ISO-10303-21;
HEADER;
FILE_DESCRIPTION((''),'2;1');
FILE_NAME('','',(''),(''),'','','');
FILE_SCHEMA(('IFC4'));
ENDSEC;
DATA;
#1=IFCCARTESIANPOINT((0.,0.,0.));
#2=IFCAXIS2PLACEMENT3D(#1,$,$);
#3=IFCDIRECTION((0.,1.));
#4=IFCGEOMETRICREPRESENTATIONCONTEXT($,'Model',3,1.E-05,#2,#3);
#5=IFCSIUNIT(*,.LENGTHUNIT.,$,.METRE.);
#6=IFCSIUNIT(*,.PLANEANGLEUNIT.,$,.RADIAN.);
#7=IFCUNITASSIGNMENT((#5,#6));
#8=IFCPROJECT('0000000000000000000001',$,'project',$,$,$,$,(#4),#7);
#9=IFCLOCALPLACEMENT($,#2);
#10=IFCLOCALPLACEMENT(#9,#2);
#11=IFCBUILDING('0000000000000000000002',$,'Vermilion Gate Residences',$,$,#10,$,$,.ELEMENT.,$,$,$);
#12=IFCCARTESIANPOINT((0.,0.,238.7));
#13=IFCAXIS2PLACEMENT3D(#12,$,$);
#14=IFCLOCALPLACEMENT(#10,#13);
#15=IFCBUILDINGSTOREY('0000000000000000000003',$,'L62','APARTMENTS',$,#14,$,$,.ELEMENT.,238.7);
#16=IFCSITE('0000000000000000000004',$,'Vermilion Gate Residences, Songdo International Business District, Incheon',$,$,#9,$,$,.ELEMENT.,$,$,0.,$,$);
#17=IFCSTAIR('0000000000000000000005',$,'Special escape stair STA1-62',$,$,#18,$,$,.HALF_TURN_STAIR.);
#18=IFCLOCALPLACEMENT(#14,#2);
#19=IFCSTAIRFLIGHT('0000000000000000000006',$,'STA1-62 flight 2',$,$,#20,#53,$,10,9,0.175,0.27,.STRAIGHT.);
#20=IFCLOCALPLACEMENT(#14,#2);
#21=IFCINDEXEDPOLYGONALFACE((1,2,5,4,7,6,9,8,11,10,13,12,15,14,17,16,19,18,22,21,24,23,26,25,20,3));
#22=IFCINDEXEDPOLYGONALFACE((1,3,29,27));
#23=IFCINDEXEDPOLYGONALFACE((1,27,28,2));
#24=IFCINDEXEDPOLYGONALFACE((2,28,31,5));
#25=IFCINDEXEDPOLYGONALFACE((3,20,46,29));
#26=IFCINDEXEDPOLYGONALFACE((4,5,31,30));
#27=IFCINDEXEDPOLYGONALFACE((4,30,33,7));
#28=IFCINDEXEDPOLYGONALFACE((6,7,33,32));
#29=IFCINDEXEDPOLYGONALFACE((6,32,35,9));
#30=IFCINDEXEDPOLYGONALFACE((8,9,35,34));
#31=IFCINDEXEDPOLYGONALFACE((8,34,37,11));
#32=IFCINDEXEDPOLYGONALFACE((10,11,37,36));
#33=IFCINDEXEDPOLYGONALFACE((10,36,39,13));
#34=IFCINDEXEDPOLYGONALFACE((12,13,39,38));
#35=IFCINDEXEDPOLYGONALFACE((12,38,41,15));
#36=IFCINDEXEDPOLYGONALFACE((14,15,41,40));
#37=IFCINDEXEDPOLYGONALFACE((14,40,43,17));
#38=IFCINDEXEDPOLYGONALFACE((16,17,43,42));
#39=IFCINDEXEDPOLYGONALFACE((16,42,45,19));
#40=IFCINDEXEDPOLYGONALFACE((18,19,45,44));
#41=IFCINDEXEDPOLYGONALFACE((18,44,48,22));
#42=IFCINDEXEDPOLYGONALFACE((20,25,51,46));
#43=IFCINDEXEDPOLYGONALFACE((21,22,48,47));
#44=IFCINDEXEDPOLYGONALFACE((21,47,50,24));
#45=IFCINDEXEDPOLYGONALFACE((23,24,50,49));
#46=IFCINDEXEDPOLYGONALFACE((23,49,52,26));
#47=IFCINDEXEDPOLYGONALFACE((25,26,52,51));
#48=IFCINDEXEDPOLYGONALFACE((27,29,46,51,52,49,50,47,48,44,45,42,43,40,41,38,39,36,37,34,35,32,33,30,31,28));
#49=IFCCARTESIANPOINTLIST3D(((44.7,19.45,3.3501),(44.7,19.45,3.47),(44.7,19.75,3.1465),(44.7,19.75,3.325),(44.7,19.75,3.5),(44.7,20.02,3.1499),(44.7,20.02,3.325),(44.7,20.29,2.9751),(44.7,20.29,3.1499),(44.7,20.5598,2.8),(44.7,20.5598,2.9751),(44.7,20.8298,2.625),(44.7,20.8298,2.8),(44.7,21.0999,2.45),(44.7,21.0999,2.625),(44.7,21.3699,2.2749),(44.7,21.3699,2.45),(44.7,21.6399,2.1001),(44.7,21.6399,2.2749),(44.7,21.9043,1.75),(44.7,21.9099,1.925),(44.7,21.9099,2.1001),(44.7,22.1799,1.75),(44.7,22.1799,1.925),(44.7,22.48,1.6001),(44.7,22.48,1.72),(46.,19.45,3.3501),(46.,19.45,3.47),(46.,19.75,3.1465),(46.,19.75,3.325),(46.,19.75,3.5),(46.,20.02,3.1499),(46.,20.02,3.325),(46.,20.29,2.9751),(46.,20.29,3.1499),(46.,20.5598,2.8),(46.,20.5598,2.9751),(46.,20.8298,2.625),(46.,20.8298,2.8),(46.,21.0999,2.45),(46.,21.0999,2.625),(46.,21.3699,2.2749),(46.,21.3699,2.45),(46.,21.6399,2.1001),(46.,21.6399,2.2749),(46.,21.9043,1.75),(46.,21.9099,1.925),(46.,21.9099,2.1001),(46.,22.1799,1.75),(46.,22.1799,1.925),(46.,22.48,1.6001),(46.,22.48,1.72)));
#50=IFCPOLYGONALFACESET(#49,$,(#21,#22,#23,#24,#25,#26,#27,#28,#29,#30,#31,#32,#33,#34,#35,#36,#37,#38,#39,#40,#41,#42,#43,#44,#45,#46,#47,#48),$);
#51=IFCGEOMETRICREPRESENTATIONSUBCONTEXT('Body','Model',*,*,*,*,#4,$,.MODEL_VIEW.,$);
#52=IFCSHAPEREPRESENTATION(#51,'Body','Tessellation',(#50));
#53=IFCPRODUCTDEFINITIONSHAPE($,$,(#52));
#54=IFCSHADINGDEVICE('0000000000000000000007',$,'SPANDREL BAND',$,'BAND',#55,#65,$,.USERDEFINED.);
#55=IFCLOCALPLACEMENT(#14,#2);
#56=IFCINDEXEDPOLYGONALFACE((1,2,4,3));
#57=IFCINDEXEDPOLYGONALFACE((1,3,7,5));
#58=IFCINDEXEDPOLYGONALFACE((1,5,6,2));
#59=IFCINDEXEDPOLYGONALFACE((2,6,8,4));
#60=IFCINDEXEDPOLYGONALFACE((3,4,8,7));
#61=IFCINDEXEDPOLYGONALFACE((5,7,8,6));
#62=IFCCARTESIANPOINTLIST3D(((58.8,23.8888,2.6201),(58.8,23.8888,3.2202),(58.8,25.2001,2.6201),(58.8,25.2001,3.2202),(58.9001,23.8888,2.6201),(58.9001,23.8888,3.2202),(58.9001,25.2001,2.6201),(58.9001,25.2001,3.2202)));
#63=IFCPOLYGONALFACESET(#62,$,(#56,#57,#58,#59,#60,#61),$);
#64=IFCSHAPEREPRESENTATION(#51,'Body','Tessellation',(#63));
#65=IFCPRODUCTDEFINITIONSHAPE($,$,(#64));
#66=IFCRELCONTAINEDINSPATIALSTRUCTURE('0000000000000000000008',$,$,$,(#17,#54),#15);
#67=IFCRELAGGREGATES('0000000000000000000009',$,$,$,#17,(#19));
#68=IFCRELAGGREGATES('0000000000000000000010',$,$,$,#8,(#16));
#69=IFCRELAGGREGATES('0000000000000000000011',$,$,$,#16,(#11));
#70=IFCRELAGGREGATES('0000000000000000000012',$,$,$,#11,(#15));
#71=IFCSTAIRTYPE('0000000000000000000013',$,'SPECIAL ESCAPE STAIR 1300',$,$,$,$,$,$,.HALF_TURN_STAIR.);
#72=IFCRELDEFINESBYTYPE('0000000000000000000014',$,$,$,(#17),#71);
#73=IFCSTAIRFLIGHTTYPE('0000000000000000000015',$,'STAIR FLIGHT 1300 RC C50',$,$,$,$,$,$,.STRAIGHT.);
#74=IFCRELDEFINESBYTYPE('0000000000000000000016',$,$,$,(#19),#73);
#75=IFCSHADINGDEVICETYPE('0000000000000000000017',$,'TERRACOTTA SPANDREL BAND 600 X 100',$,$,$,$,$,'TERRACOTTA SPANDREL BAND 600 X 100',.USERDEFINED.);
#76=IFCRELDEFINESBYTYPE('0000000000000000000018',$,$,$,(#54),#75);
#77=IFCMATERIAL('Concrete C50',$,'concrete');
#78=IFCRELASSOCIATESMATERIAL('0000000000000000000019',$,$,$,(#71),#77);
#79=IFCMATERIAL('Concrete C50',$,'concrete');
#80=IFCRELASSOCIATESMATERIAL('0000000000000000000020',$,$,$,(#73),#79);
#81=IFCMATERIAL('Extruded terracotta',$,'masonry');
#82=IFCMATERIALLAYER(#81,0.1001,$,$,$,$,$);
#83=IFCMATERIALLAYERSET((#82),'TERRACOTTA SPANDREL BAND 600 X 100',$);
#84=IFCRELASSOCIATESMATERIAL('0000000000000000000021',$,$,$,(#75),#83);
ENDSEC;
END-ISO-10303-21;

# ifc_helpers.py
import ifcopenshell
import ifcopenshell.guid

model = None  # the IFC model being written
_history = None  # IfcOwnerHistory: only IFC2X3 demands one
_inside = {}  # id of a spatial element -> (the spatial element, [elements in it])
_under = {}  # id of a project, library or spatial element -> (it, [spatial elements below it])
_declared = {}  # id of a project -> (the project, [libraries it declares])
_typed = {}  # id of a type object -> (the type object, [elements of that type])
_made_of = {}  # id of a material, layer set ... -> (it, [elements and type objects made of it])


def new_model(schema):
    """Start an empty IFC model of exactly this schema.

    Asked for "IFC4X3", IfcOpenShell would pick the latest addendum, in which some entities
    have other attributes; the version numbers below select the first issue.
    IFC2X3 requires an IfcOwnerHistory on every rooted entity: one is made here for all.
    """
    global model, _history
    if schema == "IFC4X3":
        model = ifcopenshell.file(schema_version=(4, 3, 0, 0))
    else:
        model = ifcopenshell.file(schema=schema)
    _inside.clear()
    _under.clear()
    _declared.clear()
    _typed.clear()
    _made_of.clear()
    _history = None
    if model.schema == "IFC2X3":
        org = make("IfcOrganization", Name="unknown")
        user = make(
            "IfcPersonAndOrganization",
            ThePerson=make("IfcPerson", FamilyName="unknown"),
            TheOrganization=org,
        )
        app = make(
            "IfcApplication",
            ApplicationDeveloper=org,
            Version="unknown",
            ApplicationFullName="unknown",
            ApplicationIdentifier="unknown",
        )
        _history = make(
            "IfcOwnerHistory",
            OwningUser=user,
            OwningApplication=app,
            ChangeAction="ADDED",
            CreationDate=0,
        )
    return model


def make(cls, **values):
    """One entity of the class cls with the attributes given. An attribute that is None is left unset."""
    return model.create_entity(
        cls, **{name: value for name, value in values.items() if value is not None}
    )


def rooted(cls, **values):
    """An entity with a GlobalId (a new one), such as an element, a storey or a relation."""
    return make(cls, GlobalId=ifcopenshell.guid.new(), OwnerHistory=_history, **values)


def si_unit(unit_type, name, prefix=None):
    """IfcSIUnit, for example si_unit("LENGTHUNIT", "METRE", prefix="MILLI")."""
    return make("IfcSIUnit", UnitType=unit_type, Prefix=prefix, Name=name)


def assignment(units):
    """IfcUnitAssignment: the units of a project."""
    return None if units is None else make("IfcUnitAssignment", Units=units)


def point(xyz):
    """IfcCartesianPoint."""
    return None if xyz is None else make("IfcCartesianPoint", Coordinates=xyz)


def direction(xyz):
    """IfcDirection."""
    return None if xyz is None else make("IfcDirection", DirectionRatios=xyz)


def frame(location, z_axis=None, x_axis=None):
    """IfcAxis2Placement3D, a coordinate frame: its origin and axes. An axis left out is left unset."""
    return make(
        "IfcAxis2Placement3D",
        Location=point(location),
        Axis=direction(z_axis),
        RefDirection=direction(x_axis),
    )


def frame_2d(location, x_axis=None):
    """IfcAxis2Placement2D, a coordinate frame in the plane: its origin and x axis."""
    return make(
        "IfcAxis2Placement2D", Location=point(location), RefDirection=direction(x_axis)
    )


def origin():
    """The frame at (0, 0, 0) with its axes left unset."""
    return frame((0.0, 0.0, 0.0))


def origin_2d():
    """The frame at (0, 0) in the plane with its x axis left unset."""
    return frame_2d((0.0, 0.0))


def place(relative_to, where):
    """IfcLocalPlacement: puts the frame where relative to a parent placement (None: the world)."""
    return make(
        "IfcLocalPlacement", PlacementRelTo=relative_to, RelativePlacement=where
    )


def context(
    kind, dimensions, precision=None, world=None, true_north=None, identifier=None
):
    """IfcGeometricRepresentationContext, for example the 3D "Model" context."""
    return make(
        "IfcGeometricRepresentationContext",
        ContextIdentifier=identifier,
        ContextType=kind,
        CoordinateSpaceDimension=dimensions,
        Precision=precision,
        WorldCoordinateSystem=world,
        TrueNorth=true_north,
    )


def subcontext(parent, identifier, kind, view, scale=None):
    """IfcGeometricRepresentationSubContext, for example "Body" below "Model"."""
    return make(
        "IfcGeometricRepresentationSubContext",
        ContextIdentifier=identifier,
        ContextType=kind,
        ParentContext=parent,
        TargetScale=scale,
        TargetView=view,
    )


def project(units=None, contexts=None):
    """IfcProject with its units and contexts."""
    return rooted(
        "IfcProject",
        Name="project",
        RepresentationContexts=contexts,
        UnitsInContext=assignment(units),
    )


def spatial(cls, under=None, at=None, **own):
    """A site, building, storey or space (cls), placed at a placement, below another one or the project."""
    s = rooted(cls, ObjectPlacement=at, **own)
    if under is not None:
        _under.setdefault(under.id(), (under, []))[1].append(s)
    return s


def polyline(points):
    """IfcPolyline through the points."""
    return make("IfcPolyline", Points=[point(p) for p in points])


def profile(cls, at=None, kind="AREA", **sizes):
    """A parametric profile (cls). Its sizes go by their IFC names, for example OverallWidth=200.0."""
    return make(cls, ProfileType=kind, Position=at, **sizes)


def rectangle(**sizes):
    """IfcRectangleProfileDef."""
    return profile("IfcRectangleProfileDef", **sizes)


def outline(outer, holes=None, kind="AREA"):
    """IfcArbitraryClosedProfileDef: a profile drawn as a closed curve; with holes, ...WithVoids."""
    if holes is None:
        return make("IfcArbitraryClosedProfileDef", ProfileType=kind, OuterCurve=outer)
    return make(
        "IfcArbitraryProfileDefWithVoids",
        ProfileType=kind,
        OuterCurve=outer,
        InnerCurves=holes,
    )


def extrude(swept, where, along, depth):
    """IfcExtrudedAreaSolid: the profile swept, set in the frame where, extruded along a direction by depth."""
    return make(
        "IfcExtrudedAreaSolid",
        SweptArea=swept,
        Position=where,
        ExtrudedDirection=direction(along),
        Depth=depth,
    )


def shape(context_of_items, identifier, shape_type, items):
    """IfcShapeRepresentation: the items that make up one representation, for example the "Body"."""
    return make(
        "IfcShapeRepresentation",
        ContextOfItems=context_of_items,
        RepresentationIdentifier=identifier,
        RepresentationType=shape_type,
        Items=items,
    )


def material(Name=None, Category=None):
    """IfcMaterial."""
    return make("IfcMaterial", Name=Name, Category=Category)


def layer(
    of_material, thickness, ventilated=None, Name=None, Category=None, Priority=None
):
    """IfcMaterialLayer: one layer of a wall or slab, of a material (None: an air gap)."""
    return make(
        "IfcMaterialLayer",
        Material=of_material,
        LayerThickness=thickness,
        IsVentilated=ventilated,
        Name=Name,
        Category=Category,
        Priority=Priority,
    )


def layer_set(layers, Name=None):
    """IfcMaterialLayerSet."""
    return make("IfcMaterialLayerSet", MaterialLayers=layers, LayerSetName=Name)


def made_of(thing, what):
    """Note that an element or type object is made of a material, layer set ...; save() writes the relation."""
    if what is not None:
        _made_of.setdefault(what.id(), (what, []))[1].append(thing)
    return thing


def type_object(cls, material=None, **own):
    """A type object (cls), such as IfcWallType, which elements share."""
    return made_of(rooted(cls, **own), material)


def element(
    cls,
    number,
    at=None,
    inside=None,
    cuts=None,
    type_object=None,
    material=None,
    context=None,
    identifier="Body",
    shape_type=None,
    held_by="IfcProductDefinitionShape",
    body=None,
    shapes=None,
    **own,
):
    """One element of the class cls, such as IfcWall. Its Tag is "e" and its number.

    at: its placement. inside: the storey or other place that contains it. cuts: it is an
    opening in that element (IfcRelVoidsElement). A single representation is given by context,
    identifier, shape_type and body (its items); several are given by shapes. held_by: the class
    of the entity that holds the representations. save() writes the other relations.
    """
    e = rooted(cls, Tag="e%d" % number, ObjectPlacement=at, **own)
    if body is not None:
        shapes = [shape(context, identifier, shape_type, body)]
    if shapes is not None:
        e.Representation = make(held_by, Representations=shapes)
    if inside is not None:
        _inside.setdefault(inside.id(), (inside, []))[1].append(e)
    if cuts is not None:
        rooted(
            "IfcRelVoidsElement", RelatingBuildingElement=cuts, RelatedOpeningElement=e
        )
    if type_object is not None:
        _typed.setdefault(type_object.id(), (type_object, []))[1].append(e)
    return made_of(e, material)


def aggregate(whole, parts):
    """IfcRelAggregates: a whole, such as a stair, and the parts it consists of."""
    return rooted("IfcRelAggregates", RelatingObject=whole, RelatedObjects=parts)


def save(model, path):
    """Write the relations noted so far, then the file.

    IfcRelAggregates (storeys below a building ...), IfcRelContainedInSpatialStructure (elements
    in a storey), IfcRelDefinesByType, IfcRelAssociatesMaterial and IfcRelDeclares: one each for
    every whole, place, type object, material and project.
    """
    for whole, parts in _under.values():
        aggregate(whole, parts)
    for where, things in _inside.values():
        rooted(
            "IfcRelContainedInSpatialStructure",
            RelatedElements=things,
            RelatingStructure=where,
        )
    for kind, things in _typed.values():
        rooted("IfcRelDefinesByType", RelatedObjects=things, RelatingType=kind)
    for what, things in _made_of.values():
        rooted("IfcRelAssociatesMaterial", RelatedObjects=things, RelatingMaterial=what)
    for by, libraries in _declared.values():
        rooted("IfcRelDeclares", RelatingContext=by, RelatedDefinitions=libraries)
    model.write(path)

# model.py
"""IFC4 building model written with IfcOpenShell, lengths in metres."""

from ifc_helpers import new_model, si_unit, direction, frame, origin, origin_2d, place, context, subcontext, project, spatial, polyline, rectangle, outline, extrude, material, layer, layer_set, type_object, element, aggregate, save


model = new_model("IFC4")

# Units and contexts
model_context = context("Model", 3, precision=1e-05, world=origin(), true_north=direction((0.0, 1.0)))
body_context = subcontext(model_context, "Body", "Model", "MODEL_VIEW")
ifc_project = project(units=[si_unit("LENGTHUNIT", "METRE"), si_unit("PLANEANGLEUNIT", "RADIAN")], contexts=[model_context])

# Site, building, storey
site_placement = place(None, origin())
site = spatial("IfcSite", under=ifc_project, at=site_placement, Name="Vermilion Gate Residences, Songdo International Business District, Incheon", CompositionType="ELEMENT", RefElevation=0.0)
building_placement = place(site_placement, origin())
building = spatial("IfcBuilding", under=site, at=building_placement, Name="Vermilion Gate Residences", CompositionType="ELEMENT")
storey_placement = place(building_placement, frame((0.0, 0.0, 238.7)))
storey = spatial("IfcBuildingStorey", under=building, at=storey_placement, Name="L62", Description="APARTMENTS", CompositionType="ELEMENT", Elevation=238.7)

# Stair, stair flight
ifc_material_1 = material(Name="Concrete C50", Category="concrete")
stair_type = type_object("IfcStairType", Name="SPECIAL ESCAPE STAIR 1300", PredefinedType="HALF_TURN_STAIR", material=ifc_material_1)
stair_placement = place(storey_placement, origin())
stair = element("IfcStair", 1, at=stair_placement, inside=storey, type_object=stair_type, Name="Special escape stair STA1-62", PredefinedType="HALF_TURN_STAIR")
ifc_material_2 = material(Name="Concrete C50", Category="concrete")
stair_flight_type = type_object("IfcStairFlightType", Name="STAIR FLIGHT 1300 RC C50", PredefinedType="STRAIGHT", material=ifc_material_2)
stair_flight_1_placement = place(storey_placement, frame((45.3501, 22.1799, 1.75), z_axis=(0.0, 0.0, 1.0), x_axis=(0.0, -1.0, 0.0)))
stair_flight_1 = element("IfcStairFlight", 2, at=stair_flight_1_placement, type_object=stair_flight_type, Name="STA1-62 flight 2", NumberOfRisers=10, NumberOfTreads=9, PredefinedType="STRAIGHT", RiserHeight=0.175, TreadLength=0.27, context=body_context, shape_type="SweptSolid", body=[
    extrude(outline(polyline([(-0.3, -0.1499), (-0.3, -0.03), (0.0, 0.0), (0.0, 0.175), (0.27, 0.175), (0.27, 0.3501), (0.54, 0.3501), (0.54, 0.5249), (0.8101, 0.5249), (0.8101, 0.7), (1.0801, 0.7), (1.0801, 0.875), (1.3501, 0.875), (1.3501, 1.05), (1.6201, 1.05), (1.6201, 1.2251), (1.8899, 1.2251), (1.8899, 1.3999), (2.1599, 1.3999), (2.1599, 1.575), (2.4299, 1.575), (2.4299, 1.75), (2.73, 1.72), (2.73, 1.6001), (2.4299, 1.3965), (0.2756, 0.0), (-0.3, -0.1499)])), frame((0.0, 0.6499, 0.0), z_axis=(0.0, -1.0, 0.0), x_axis=(1.0, 0.0, 0.0)), (0.0, 0.0, 1.0), 1.3),
])
aggregate(stair, [stair_flight_1])

# Shading device
ifc_material_3 = material(Name="Extruded terracotta", Category="masonry")
ifc_layer_1 = layer(ifc_material_3, 0.1001)
ifc_layer_set_1 = layer_set([ifc_layer_1], Name="TERRACOTTA SPANDREL BAND 600 X 100")
shading_device_type = type_object("IfcShadingDeviceType", Name="TERRACOTTA SPANDREL BAND 600 X 100", ElementType="TERRACOTTA SPANDREL BAND 600 X 100", PredefinedType="USERDEFINED", material=ifc_layer_set_1)
shading_device_placement = place(storey_placement, frame((58.8501, 24.5444, 2.6201), z_axis=(0.0, 0.0, 1.0), x_axis=(0.0, 1.0, 0.0)))
element("IfcShadingDevice", 3, at=shading_device_placement, inside=storey, type_object=shading_device_type, Name="SPANDREL BAND", ObjectType="BAND", PredefinedType="USERDEFINED", context=body_context, shape_type="SweptSolid", body=[
    extrude(rectangle(XDim=1.3113, YDim=0.1001, at=origin_2d()), origin(), (0.0, 0.0, 1.0), 0.6001),
])

save(model, "model.ifc")
